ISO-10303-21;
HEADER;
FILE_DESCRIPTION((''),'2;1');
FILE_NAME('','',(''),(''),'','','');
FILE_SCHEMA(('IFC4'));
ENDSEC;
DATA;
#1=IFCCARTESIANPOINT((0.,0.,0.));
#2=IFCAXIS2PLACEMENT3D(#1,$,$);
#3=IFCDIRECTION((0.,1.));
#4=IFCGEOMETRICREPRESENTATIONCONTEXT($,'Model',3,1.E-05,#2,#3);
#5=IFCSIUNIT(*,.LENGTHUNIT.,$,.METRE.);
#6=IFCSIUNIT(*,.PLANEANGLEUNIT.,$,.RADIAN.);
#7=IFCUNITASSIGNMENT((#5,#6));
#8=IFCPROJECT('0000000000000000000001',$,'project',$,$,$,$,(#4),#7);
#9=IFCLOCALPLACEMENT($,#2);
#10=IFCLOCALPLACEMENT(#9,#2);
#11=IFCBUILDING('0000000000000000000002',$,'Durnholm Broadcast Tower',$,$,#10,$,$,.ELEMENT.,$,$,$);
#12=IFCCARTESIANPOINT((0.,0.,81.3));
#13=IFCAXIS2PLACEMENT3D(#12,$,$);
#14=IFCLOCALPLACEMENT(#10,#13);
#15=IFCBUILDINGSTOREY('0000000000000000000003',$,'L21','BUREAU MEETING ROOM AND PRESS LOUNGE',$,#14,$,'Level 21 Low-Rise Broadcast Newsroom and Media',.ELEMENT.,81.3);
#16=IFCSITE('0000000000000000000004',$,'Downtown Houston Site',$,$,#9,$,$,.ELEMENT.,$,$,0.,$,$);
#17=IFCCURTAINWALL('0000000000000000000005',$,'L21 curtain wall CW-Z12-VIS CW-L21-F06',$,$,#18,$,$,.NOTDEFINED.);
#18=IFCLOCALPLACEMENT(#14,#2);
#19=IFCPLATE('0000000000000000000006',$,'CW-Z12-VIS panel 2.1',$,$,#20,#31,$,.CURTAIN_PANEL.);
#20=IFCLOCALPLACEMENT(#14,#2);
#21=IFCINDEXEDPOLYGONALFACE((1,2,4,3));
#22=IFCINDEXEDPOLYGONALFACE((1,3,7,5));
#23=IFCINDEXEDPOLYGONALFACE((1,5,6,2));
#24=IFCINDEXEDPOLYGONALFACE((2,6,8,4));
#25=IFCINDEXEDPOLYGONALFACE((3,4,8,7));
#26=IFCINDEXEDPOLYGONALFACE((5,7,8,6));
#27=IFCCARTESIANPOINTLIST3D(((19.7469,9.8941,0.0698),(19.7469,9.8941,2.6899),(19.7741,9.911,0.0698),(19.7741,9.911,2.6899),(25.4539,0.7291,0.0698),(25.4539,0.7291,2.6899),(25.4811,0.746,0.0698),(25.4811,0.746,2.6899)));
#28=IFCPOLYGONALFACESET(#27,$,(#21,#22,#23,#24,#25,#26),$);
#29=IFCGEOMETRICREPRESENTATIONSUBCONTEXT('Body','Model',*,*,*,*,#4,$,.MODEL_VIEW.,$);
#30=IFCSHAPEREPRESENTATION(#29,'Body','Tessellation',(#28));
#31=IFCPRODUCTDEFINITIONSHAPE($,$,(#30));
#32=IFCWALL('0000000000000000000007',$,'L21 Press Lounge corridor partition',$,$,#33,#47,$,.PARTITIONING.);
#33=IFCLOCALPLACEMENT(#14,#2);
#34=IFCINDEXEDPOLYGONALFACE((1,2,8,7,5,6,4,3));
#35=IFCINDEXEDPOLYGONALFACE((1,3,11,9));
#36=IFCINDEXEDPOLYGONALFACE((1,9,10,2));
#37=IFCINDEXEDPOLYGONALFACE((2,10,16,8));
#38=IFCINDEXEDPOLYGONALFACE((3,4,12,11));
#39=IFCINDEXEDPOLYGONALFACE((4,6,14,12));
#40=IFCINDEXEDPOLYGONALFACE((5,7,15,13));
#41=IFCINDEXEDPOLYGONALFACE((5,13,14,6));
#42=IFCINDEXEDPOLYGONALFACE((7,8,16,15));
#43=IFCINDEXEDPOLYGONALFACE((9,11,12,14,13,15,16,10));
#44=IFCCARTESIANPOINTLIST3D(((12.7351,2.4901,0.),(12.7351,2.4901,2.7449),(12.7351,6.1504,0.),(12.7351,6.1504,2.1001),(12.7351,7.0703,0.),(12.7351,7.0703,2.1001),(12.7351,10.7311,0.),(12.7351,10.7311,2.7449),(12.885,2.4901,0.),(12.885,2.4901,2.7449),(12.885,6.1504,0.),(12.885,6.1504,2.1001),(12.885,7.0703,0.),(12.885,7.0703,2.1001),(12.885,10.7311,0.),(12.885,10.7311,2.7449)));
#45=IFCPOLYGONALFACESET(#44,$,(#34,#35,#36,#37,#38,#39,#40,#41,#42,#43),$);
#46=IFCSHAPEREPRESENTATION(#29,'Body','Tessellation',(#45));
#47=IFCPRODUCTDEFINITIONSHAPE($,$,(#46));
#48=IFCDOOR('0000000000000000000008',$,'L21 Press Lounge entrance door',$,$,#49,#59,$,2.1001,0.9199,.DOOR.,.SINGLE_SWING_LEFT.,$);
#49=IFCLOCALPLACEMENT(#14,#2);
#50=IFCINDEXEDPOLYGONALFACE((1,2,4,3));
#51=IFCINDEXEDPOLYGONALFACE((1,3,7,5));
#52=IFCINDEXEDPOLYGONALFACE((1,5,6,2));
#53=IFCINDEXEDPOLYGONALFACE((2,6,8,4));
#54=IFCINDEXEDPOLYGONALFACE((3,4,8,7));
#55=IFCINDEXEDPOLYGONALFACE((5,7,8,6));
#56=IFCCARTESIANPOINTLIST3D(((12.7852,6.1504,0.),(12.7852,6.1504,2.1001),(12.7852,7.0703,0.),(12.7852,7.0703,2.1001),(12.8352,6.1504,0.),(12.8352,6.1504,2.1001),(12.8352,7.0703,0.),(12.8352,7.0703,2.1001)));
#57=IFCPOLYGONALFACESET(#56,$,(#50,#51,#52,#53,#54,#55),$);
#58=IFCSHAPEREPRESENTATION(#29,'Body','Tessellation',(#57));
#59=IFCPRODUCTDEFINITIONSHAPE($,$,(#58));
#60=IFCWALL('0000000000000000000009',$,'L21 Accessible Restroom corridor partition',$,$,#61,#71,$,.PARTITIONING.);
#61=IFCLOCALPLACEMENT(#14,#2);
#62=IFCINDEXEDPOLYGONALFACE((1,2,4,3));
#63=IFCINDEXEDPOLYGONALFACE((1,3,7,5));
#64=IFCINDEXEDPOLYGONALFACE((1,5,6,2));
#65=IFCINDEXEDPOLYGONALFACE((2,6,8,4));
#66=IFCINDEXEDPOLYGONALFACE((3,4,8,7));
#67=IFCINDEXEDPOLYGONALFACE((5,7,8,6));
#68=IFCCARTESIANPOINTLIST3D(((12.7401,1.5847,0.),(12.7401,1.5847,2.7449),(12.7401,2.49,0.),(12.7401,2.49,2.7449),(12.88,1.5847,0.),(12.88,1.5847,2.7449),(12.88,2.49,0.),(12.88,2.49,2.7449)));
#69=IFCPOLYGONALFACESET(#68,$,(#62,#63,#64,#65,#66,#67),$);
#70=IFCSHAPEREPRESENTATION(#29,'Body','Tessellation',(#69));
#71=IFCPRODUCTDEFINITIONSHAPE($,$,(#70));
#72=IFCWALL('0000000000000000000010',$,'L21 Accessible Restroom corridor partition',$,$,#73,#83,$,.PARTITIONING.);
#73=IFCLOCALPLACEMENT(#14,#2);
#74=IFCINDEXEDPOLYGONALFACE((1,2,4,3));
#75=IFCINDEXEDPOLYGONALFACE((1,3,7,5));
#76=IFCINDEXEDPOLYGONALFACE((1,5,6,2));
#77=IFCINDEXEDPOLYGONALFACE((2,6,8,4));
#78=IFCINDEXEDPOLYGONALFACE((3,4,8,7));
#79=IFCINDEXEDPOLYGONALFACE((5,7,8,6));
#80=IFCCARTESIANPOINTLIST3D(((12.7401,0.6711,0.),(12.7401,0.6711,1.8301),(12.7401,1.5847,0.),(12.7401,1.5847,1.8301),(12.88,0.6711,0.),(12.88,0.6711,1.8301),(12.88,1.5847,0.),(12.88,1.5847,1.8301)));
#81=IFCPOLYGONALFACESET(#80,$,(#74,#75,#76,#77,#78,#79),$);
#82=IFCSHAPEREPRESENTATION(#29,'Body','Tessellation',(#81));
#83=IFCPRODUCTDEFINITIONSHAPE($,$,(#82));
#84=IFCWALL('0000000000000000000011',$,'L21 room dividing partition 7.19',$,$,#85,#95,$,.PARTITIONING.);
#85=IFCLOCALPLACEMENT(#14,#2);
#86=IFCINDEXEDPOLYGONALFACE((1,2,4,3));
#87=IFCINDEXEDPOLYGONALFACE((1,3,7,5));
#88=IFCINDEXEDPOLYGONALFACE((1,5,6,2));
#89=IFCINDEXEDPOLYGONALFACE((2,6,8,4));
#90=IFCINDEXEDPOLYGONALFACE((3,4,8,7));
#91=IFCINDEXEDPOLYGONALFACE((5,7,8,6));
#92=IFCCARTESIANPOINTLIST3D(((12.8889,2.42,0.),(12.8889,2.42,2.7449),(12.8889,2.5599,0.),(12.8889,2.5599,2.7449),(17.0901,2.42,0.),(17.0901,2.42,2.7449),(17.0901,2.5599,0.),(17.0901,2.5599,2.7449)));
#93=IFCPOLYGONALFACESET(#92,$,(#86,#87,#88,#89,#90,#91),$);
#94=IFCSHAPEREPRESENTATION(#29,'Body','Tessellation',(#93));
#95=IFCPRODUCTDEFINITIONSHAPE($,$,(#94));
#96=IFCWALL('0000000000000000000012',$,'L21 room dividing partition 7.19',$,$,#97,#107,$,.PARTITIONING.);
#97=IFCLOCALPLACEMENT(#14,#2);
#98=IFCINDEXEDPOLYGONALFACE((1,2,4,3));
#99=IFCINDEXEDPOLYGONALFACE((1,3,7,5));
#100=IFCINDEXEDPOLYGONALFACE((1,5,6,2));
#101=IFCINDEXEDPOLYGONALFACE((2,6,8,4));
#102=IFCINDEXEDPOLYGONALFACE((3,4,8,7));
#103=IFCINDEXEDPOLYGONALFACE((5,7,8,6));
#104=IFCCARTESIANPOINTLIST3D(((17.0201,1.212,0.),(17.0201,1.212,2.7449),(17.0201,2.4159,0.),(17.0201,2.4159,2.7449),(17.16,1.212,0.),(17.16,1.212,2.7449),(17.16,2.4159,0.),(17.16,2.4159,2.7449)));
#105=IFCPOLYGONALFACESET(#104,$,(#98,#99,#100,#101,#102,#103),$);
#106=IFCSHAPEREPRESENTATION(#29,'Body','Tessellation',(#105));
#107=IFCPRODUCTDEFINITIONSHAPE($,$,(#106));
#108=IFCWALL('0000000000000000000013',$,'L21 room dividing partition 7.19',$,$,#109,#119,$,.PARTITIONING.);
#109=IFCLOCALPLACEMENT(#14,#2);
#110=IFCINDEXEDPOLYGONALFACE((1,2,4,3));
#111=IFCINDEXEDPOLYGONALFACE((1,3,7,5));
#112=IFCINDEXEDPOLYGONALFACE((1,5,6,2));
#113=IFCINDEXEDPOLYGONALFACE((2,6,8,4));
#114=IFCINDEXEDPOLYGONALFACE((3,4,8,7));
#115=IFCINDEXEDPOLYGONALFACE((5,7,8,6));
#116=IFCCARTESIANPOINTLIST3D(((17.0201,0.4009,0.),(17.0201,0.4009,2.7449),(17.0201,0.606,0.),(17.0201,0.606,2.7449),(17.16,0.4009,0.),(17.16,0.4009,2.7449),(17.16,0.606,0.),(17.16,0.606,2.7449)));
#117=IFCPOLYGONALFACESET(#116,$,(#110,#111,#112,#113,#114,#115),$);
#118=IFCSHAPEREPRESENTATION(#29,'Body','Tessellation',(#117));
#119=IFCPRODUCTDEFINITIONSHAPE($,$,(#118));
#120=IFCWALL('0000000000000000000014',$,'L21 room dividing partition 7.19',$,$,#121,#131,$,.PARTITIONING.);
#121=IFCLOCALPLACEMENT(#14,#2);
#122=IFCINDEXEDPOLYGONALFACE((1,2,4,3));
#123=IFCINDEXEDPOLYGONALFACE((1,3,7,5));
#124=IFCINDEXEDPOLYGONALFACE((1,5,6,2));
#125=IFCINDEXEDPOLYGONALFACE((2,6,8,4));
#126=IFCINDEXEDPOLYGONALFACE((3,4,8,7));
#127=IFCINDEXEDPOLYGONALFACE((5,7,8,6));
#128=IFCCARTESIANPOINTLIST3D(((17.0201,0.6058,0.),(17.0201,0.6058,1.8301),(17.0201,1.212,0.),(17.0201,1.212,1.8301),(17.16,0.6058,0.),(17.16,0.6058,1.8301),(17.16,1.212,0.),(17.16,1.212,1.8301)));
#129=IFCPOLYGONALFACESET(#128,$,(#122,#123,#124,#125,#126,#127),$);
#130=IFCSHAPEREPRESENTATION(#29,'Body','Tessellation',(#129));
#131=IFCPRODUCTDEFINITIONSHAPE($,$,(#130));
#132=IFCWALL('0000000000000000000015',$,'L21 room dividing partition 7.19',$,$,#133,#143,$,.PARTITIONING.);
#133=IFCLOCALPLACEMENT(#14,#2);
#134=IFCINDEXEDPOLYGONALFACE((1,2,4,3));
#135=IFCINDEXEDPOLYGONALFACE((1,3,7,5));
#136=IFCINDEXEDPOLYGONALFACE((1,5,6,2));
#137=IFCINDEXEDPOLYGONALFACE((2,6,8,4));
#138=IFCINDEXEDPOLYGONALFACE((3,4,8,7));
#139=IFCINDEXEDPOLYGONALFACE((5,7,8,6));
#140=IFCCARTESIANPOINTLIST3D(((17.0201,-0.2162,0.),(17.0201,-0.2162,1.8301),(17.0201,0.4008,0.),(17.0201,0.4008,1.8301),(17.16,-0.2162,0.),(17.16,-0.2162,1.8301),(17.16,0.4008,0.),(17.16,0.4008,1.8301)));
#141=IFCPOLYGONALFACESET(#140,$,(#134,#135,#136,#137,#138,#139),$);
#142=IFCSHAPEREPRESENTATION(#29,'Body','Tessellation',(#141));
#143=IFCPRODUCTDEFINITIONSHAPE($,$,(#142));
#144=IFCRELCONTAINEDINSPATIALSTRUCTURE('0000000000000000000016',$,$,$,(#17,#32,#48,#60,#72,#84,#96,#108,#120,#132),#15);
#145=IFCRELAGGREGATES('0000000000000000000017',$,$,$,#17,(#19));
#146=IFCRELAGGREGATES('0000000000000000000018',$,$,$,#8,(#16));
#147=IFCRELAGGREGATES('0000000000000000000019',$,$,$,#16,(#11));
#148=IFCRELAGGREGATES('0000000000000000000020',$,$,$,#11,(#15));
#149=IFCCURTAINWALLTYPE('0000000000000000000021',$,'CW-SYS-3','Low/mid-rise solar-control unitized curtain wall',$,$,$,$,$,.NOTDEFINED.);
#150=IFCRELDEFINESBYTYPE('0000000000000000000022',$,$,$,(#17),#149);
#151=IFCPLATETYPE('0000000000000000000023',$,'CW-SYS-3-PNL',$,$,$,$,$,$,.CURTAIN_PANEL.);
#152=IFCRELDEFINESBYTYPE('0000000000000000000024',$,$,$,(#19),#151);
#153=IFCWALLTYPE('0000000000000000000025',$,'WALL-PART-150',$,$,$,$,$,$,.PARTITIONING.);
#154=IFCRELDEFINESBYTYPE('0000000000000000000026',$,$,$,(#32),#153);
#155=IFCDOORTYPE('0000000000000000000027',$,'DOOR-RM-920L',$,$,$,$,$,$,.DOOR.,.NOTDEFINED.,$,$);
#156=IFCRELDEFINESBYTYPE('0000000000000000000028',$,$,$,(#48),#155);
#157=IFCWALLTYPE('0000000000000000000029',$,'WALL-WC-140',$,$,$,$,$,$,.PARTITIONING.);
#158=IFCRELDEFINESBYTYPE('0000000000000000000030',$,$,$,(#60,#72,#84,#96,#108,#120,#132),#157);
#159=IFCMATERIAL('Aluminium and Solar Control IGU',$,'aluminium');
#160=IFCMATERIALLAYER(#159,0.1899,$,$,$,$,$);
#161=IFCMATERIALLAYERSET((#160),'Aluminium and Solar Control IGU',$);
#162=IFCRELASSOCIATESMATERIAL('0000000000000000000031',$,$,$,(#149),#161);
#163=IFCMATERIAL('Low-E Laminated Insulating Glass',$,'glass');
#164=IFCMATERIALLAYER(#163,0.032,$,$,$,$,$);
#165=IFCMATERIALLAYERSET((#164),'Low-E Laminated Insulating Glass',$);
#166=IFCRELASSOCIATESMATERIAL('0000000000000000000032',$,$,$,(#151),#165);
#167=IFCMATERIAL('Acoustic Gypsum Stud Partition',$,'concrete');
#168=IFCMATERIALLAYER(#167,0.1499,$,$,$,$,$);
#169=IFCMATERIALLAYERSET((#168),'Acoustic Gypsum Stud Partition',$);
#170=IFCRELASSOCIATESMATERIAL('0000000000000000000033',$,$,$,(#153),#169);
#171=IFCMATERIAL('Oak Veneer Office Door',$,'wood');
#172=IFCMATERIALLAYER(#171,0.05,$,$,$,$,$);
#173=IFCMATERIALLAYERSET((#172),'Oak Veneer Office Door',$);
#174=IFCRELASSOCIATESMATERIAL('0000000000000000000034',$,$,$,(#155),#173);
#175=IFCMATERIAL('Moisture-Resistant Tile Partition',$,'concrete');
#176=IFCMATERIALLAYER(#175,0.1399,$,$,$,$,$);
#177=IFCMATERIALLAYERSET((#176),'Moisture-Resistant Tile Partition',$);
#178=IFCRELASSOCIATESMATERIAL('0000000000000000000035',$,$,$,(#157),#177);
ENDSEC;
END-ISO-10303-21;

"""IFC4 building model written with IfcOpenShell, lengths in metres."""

from ifc_helpers import new_model, si_unit, direction, frame, frame_2d, origin, origin_2d, place, context, subcontext, project, spatial, rectangle, extrude, source, transform, mapped, material, layer, layer_set, type_object, type_shapes, element, fill, aggregate, save


model = new_model("IFC4")

# Units and contexts
model_context = context("Model", 3, precision=1e-05, world=origin(), true_north=direction((0.0, 1.0)))
body_context = subcontext(model_context, "Body", "Model", "MODEL_VIEW")
ifc_project = project(units=[si_unit("LENGTHUNIT", "METRE"), si_unit("PLANEANGLEUNIT", "RADIAN")], contexts=[model_context])

# Site, building, storey
site_placement = place(None, origin())
site = spatial("IfcSite", under=ifc_project, at=site_placement, Name="Downtown Houston Site", CompositionType="ELEMENT", RefElevation=0.0)
building_placement = place(site_placement, origin())
building = spatial("IfcBuilding", under=site, at=building_placement, Name="Durnholm Broadcast Tower", CompositionType="ELEMENT")
storey_placement = place(building_placement, frame((0.0, 0.0, 81.3)))
storey = spatial("IfcBuildingStorey", under=building, at=storey_placement, Name="L21", Description="BUREAU MEETING ROOM AND PRESS LOUNGE", LongName="Level 21 Low-Rise Broadcast Newsroom and Media", CompositionType="ELEMENT", Elevation=81.3)

# Shared definitions
ifc_material_1 = material(Name="Aluminium and Solar Control IGU", Category="aluminium")

# Curtain wall
ifc_layer_1 = layer(ifc_material_1, 0.1899)
ifc_layer_set_1 = layer_set([ifc_layer_1], Name="Aluminium and Solar Control IGU")
curtain_wall_type_1 = type_object("IfcCurtainWallType", Name="CW-SYS-3", Description="Low/mid-rise solar-control unitized curtain wall", PredefinedType="NOTDEFINED", material=ifc_layer_set_1)
curtain_wall_1_placement = place(storey_placement, origin())
curtain_wall_1 = element("IfcCurtainWall", 1, at=curtain_wall_1_placement, inside=storey, type_object=curtain_wall_type_1, Name="L21 curtain wall CW-Z12-VIS CW-L21-F06", PredefinedType="NOTDEFINED")

# Plate
ifc_material_2 = material(Name="Low-E Laminated Insulating Glass", Category="glass")
ifc_layer_2 = layer(ifc_material_2, 0.032)
ifc_layer_set_2 = layer_set([ifc_layer_2], Name="Low-E Laminated Insulating Glass")
plate_type = type_object("IfcPlateType", Name="CW-SYS-3-PNL", PredefinedType="CURTAIN_PANEL", material=ifc_layer_set_2)
shared_shape_1 = source(origin(), body_context, "Body", "SweptSolid", [
    extrude(rectangle(XDim=10.7966, YDim=0.032, at=origin_2d()), origin(), (0.0, 0.0, 1.0), 2.6201),
])
type_shapes(plate_type, [shared_shape_1])
plate_placement = place(storey_placement, frame((22.614, 5.3201, 0.0698), z_axis=(0.0, 0.0, 1.0), x_axis=(0.528592, -0.848876, 0.0)))
plate = element("IfcPlate", 2, at=plate_placement, type_object=plate_type, Name="CW-Z12-VIS panel 2.1", PredefinedType="CURTAIN_PANEL", context=body_context, shape_type="MappedRepresentation", body=[
    mapped(shared_shape_1, transform((0.0, 0.0, 0.0), x_axis=(1.0, 0.0, 0.0), y_axis=(0.0, 1.0, 0.0), z_axis=(0.0, 0.0, 1.0), scale=1.0)),
])
aggregate(curtain_wall_1, [plate])

# Wall, opening, door
ifc_material_3 = material(Name="Acoustic Gypsum Stud Partition", Category="concrete")
ifc_layer_3 = layer(ifc_material_3, 0.1499)
ifc_layer_set_3 = layer_set([ifc_layer_3], Name="Acoustic Gypsum Stud Partition")
wall_type_1 = type_object("IfcWallType", Name="WALL-PART-150", PredefinedType="PARTITIONING", material=ifc_layer_set_3)
wall_1_placement = place(storey_placement, frame((12.8101, 2.49, 0.0), z_axis=(0.0, 0.0, 1.0), x_axis=(0.0, 1.0, 0.0)))
wall_1 = element("IfcWall", 3, at=wall_1_placement, inside=storey, type_object=wall_type_1, Name="L21 Press Lounge corridor partition", PredefinedType="PARTITIONING", context=body_context, shape_type="SweptSolid", body=[
    extrude(rectangle(XDim=8.241, YDim=0.1499, at=frame_2d((4.1206, 0.0))), origin(), (0.0, 0.0, 1.0), 2.7449),
])
opening_placement = place(wall_1_placement, frame((3.6604, 0.0, 0.0)))
opening = element("IfcOpeningElement", 4, at=opening_placement, cuts=wall_1, PredefinedType="OPENING", context=body_context, shape_type="SweptSolid", body=[
    extrude(rectangle(XDim=0.9199, YDim=2.1001, at=frame_2d((0.46, 1.05))), frame((0.0, 0.085, 0.0), z_axis=(0.0, -1.0, 0.0), x_axis=(1.0, 0.0, 0.0)), (0.0, 0.0, 1.0), 0.1699),
])
ifc_material_4 = material(Name="Oak Veneer Office Door", Category="wood")
ifc_layer_4 = layer(ifc_material_4, 0.05)
ifc_layer_set_4 = layer_set([ifc_layer_4], Name="Oak Veneer Office Door")
door_type = type_object("IfcDoorType", Name="DOOR-RM-920L", OperationType="NOTDEFINED", PredefinedType="DOOR", material=ifc_layer_set_4)
shared_shape_2 = source(origin(), body_context, "Body", "SweptSolid", [
    extrude(rectangle(XDim=0.9199, YDim=2.1001, at=frame_2d((0.46, 1.05))), frame((0.0, 0.0249, 0.0), z_axis=(0.0, -1.0, 0.0), x_axis=(1.0, 0.0, 0.0)), (0.0, 0.0, 1.0), 0.05),
])
type_shapes(door_type, [shared_shape_2])
door_placement = place(opening_placement, origin())
door = element("IfcDoor", 5, at=door_placement, inside=storey, type_object=door_type, Name="L21 Press Lounge entrance door", OperationType="SINGLE_SWING_LEFT", OverallHeight=2.1001, OverallWidth=0.9199, PredefinedType="DOOR", context=body_context, shape_type="MappedRepresentation", body=[
    mapped(shared_shape_2, transform((0.0, 0.0, 0.0), x_axis=(1.0, 0.0, 0.0), y_axis=(0.0, 1.0, 0.0), z_axis=(0.0, 0.0, 1.0), scale=1.0)),
])
fill(opening, door)

# Walls
ifc_material_5 = material(Name="Moisture-Resistant Tile Partition", Category="concrete")
ifc_layer_5 = layer(ifc_material_5, 0.1399)
ifc_layer_set_5 = layer_set([ifc_layer_5], Name="Moisture-Resistant Tile Partition")
wall_type_2 = type_object("IfcWallType", Name="WALL-WC-140", PredefinedType="PARTITIONING", material=ifc_layer_set_5)
wall_2_placement = place(storey_placement, frame((12.8101, 1.5847, 0.0), z_axis=(0.0, 0.0, 1.0), x_axis=(0.0, 1.0, 0.0)))
element("IfcWall", 6, at=wall_2_placement, inside=storey, type_object=wall_type_2, Name="L21 Accessible Restroom corridor partition", PredefinedType="PARTITIONING", context=body_context, shape_type="SweptSolid", body=[
    extrude(rectangle(XDim=0.9053, YDim=0.1399, at=frame_2d((0.4526, 0.0))), origin(), (0.0, 0.0, 1.0), 2.7449),
])
wall_3_placement = place(storey_placement, frame((12.8101, 0.6711, 0.0), z_axis=(0.0, 0.0, 1.0), x_axis=(0.0, 1.0, 0.0)))
element("IfcWall", 7, at=wall_3_placement, inside=storey, type_object=wall_type_2, Name="L21 Accessible Restroom corridor partition", PredefinedType="PARTITIONING", context=body_context, shape_type="SweptSolid", body=[
    extrude(rectangle(XDim=0.9136, YDim=0.1399, at=frame_2d((0.4568, 0.0))), origin(), (0.0, 0.0, 1.0), 1.8301),
])
wall_4_placement = place(storey_placement, frame((12.8889, 2.49, 0.0), z_axis=(0.0, 0.0, 1.0), x_axis=(1.0, 0.0, 0.0)))
element("IfcWall", 8, at=wall_4_placement, inside=storey, type_object=wall_type_2, Name="L21 room dividing partition 7.19", PredefinedType="PARTITIONING", context=body_context, shape_type="SweptSolid", body=[
    extrude(rectangle(XDim=4.2012, YDim=0.1399, at=frame_2d((2.1006, 0.0))), origin(), (0.0, 0.0, 1.0), 2.7449),
])
wall_5_placement = place(storey_placement, frame((17.0901, 2.416, 0.0), z_axis=(0.0, 0.0, 1.0), x_axis=(0.0, -1.0, 0.0)))
element("IfcWall", 9, at=wall_5_placement, inside=storey, type_object=wall_type_2, Name="L21 room dividing partition 7.19", PredefinedType="PARTITIONING", context=body_context, shape_type="SweptSolid", body=[
    extrude(rectangle(XDim=1.2039, YDim=0.1399, at=frame_2d((0.6021, 0.0))), origin(), (0.0, 0.0, 1.0), 2.7449),
])
wall_6_placement = place(storey_placement, frame((17.0901, 0.606, 0.0), z_axis=(0.0, 0.0, 1.0), x_axis=(0.0, -1.0, 0.0)))
element("IfcWall", 10, at=wall_6_placement, inside=storey, type_object=wall_type_2, Name="L21 room dividing partition 7.19", PredefinedType="PARTITIONING", context=body_context, shape_type="SweptSolid", body=[
    extrude(rectangle(XDim=0.2051, YDim=0.1399, at=frame_2d((0.1025, 0.0))), origin(), (0.0, 0.0, 1.0), 2.7449),
])
wall_7_placement = place(storey_placement, frame((17.0901, 1.2122, 0.0), z_axis=(0.0, 0.0, 1.0), x_axis=(0.0, -1.0, 0.0)))
element("IfcWall", 11, at=wall_7_placement, inside=storey, type_object=wall_type_2, Name="L21 room dividing partition 7.19", PredefinedType="PARTITIONING", context=body_context, shape_type="SweptSolid", body=[
    extrude(rectangle(XDim=0.6062, YDim=0.1399, at=frame_2d((0.3032, 0.0))), origin(), (0.0, 0.0, 1.0), 1.8301),
])
wall_8_placement = place(storey_placement, frame((17.0901, 0.4009, 0.0), z_axis=(0.0, 0.0, 1.0), x_axis=(0.0, -1.0, 0.0)))
element("IfcWall", 12, at=wall_8_placement, inside=storey, type_object=wall_type_2, Name="L21 room dividing partition 7.19", PredefinedType="PARTITIONING", context=body_context, shape_type="SweptSolid", body=[
    extrude(rectangle(XDim=0.6169, YDim=0.1399, at=frame_2d((0.3086, 0.0))), origin(), (0.0, 0.0, 1.0), 1.8301),
])

save(model, "model.ifc")
